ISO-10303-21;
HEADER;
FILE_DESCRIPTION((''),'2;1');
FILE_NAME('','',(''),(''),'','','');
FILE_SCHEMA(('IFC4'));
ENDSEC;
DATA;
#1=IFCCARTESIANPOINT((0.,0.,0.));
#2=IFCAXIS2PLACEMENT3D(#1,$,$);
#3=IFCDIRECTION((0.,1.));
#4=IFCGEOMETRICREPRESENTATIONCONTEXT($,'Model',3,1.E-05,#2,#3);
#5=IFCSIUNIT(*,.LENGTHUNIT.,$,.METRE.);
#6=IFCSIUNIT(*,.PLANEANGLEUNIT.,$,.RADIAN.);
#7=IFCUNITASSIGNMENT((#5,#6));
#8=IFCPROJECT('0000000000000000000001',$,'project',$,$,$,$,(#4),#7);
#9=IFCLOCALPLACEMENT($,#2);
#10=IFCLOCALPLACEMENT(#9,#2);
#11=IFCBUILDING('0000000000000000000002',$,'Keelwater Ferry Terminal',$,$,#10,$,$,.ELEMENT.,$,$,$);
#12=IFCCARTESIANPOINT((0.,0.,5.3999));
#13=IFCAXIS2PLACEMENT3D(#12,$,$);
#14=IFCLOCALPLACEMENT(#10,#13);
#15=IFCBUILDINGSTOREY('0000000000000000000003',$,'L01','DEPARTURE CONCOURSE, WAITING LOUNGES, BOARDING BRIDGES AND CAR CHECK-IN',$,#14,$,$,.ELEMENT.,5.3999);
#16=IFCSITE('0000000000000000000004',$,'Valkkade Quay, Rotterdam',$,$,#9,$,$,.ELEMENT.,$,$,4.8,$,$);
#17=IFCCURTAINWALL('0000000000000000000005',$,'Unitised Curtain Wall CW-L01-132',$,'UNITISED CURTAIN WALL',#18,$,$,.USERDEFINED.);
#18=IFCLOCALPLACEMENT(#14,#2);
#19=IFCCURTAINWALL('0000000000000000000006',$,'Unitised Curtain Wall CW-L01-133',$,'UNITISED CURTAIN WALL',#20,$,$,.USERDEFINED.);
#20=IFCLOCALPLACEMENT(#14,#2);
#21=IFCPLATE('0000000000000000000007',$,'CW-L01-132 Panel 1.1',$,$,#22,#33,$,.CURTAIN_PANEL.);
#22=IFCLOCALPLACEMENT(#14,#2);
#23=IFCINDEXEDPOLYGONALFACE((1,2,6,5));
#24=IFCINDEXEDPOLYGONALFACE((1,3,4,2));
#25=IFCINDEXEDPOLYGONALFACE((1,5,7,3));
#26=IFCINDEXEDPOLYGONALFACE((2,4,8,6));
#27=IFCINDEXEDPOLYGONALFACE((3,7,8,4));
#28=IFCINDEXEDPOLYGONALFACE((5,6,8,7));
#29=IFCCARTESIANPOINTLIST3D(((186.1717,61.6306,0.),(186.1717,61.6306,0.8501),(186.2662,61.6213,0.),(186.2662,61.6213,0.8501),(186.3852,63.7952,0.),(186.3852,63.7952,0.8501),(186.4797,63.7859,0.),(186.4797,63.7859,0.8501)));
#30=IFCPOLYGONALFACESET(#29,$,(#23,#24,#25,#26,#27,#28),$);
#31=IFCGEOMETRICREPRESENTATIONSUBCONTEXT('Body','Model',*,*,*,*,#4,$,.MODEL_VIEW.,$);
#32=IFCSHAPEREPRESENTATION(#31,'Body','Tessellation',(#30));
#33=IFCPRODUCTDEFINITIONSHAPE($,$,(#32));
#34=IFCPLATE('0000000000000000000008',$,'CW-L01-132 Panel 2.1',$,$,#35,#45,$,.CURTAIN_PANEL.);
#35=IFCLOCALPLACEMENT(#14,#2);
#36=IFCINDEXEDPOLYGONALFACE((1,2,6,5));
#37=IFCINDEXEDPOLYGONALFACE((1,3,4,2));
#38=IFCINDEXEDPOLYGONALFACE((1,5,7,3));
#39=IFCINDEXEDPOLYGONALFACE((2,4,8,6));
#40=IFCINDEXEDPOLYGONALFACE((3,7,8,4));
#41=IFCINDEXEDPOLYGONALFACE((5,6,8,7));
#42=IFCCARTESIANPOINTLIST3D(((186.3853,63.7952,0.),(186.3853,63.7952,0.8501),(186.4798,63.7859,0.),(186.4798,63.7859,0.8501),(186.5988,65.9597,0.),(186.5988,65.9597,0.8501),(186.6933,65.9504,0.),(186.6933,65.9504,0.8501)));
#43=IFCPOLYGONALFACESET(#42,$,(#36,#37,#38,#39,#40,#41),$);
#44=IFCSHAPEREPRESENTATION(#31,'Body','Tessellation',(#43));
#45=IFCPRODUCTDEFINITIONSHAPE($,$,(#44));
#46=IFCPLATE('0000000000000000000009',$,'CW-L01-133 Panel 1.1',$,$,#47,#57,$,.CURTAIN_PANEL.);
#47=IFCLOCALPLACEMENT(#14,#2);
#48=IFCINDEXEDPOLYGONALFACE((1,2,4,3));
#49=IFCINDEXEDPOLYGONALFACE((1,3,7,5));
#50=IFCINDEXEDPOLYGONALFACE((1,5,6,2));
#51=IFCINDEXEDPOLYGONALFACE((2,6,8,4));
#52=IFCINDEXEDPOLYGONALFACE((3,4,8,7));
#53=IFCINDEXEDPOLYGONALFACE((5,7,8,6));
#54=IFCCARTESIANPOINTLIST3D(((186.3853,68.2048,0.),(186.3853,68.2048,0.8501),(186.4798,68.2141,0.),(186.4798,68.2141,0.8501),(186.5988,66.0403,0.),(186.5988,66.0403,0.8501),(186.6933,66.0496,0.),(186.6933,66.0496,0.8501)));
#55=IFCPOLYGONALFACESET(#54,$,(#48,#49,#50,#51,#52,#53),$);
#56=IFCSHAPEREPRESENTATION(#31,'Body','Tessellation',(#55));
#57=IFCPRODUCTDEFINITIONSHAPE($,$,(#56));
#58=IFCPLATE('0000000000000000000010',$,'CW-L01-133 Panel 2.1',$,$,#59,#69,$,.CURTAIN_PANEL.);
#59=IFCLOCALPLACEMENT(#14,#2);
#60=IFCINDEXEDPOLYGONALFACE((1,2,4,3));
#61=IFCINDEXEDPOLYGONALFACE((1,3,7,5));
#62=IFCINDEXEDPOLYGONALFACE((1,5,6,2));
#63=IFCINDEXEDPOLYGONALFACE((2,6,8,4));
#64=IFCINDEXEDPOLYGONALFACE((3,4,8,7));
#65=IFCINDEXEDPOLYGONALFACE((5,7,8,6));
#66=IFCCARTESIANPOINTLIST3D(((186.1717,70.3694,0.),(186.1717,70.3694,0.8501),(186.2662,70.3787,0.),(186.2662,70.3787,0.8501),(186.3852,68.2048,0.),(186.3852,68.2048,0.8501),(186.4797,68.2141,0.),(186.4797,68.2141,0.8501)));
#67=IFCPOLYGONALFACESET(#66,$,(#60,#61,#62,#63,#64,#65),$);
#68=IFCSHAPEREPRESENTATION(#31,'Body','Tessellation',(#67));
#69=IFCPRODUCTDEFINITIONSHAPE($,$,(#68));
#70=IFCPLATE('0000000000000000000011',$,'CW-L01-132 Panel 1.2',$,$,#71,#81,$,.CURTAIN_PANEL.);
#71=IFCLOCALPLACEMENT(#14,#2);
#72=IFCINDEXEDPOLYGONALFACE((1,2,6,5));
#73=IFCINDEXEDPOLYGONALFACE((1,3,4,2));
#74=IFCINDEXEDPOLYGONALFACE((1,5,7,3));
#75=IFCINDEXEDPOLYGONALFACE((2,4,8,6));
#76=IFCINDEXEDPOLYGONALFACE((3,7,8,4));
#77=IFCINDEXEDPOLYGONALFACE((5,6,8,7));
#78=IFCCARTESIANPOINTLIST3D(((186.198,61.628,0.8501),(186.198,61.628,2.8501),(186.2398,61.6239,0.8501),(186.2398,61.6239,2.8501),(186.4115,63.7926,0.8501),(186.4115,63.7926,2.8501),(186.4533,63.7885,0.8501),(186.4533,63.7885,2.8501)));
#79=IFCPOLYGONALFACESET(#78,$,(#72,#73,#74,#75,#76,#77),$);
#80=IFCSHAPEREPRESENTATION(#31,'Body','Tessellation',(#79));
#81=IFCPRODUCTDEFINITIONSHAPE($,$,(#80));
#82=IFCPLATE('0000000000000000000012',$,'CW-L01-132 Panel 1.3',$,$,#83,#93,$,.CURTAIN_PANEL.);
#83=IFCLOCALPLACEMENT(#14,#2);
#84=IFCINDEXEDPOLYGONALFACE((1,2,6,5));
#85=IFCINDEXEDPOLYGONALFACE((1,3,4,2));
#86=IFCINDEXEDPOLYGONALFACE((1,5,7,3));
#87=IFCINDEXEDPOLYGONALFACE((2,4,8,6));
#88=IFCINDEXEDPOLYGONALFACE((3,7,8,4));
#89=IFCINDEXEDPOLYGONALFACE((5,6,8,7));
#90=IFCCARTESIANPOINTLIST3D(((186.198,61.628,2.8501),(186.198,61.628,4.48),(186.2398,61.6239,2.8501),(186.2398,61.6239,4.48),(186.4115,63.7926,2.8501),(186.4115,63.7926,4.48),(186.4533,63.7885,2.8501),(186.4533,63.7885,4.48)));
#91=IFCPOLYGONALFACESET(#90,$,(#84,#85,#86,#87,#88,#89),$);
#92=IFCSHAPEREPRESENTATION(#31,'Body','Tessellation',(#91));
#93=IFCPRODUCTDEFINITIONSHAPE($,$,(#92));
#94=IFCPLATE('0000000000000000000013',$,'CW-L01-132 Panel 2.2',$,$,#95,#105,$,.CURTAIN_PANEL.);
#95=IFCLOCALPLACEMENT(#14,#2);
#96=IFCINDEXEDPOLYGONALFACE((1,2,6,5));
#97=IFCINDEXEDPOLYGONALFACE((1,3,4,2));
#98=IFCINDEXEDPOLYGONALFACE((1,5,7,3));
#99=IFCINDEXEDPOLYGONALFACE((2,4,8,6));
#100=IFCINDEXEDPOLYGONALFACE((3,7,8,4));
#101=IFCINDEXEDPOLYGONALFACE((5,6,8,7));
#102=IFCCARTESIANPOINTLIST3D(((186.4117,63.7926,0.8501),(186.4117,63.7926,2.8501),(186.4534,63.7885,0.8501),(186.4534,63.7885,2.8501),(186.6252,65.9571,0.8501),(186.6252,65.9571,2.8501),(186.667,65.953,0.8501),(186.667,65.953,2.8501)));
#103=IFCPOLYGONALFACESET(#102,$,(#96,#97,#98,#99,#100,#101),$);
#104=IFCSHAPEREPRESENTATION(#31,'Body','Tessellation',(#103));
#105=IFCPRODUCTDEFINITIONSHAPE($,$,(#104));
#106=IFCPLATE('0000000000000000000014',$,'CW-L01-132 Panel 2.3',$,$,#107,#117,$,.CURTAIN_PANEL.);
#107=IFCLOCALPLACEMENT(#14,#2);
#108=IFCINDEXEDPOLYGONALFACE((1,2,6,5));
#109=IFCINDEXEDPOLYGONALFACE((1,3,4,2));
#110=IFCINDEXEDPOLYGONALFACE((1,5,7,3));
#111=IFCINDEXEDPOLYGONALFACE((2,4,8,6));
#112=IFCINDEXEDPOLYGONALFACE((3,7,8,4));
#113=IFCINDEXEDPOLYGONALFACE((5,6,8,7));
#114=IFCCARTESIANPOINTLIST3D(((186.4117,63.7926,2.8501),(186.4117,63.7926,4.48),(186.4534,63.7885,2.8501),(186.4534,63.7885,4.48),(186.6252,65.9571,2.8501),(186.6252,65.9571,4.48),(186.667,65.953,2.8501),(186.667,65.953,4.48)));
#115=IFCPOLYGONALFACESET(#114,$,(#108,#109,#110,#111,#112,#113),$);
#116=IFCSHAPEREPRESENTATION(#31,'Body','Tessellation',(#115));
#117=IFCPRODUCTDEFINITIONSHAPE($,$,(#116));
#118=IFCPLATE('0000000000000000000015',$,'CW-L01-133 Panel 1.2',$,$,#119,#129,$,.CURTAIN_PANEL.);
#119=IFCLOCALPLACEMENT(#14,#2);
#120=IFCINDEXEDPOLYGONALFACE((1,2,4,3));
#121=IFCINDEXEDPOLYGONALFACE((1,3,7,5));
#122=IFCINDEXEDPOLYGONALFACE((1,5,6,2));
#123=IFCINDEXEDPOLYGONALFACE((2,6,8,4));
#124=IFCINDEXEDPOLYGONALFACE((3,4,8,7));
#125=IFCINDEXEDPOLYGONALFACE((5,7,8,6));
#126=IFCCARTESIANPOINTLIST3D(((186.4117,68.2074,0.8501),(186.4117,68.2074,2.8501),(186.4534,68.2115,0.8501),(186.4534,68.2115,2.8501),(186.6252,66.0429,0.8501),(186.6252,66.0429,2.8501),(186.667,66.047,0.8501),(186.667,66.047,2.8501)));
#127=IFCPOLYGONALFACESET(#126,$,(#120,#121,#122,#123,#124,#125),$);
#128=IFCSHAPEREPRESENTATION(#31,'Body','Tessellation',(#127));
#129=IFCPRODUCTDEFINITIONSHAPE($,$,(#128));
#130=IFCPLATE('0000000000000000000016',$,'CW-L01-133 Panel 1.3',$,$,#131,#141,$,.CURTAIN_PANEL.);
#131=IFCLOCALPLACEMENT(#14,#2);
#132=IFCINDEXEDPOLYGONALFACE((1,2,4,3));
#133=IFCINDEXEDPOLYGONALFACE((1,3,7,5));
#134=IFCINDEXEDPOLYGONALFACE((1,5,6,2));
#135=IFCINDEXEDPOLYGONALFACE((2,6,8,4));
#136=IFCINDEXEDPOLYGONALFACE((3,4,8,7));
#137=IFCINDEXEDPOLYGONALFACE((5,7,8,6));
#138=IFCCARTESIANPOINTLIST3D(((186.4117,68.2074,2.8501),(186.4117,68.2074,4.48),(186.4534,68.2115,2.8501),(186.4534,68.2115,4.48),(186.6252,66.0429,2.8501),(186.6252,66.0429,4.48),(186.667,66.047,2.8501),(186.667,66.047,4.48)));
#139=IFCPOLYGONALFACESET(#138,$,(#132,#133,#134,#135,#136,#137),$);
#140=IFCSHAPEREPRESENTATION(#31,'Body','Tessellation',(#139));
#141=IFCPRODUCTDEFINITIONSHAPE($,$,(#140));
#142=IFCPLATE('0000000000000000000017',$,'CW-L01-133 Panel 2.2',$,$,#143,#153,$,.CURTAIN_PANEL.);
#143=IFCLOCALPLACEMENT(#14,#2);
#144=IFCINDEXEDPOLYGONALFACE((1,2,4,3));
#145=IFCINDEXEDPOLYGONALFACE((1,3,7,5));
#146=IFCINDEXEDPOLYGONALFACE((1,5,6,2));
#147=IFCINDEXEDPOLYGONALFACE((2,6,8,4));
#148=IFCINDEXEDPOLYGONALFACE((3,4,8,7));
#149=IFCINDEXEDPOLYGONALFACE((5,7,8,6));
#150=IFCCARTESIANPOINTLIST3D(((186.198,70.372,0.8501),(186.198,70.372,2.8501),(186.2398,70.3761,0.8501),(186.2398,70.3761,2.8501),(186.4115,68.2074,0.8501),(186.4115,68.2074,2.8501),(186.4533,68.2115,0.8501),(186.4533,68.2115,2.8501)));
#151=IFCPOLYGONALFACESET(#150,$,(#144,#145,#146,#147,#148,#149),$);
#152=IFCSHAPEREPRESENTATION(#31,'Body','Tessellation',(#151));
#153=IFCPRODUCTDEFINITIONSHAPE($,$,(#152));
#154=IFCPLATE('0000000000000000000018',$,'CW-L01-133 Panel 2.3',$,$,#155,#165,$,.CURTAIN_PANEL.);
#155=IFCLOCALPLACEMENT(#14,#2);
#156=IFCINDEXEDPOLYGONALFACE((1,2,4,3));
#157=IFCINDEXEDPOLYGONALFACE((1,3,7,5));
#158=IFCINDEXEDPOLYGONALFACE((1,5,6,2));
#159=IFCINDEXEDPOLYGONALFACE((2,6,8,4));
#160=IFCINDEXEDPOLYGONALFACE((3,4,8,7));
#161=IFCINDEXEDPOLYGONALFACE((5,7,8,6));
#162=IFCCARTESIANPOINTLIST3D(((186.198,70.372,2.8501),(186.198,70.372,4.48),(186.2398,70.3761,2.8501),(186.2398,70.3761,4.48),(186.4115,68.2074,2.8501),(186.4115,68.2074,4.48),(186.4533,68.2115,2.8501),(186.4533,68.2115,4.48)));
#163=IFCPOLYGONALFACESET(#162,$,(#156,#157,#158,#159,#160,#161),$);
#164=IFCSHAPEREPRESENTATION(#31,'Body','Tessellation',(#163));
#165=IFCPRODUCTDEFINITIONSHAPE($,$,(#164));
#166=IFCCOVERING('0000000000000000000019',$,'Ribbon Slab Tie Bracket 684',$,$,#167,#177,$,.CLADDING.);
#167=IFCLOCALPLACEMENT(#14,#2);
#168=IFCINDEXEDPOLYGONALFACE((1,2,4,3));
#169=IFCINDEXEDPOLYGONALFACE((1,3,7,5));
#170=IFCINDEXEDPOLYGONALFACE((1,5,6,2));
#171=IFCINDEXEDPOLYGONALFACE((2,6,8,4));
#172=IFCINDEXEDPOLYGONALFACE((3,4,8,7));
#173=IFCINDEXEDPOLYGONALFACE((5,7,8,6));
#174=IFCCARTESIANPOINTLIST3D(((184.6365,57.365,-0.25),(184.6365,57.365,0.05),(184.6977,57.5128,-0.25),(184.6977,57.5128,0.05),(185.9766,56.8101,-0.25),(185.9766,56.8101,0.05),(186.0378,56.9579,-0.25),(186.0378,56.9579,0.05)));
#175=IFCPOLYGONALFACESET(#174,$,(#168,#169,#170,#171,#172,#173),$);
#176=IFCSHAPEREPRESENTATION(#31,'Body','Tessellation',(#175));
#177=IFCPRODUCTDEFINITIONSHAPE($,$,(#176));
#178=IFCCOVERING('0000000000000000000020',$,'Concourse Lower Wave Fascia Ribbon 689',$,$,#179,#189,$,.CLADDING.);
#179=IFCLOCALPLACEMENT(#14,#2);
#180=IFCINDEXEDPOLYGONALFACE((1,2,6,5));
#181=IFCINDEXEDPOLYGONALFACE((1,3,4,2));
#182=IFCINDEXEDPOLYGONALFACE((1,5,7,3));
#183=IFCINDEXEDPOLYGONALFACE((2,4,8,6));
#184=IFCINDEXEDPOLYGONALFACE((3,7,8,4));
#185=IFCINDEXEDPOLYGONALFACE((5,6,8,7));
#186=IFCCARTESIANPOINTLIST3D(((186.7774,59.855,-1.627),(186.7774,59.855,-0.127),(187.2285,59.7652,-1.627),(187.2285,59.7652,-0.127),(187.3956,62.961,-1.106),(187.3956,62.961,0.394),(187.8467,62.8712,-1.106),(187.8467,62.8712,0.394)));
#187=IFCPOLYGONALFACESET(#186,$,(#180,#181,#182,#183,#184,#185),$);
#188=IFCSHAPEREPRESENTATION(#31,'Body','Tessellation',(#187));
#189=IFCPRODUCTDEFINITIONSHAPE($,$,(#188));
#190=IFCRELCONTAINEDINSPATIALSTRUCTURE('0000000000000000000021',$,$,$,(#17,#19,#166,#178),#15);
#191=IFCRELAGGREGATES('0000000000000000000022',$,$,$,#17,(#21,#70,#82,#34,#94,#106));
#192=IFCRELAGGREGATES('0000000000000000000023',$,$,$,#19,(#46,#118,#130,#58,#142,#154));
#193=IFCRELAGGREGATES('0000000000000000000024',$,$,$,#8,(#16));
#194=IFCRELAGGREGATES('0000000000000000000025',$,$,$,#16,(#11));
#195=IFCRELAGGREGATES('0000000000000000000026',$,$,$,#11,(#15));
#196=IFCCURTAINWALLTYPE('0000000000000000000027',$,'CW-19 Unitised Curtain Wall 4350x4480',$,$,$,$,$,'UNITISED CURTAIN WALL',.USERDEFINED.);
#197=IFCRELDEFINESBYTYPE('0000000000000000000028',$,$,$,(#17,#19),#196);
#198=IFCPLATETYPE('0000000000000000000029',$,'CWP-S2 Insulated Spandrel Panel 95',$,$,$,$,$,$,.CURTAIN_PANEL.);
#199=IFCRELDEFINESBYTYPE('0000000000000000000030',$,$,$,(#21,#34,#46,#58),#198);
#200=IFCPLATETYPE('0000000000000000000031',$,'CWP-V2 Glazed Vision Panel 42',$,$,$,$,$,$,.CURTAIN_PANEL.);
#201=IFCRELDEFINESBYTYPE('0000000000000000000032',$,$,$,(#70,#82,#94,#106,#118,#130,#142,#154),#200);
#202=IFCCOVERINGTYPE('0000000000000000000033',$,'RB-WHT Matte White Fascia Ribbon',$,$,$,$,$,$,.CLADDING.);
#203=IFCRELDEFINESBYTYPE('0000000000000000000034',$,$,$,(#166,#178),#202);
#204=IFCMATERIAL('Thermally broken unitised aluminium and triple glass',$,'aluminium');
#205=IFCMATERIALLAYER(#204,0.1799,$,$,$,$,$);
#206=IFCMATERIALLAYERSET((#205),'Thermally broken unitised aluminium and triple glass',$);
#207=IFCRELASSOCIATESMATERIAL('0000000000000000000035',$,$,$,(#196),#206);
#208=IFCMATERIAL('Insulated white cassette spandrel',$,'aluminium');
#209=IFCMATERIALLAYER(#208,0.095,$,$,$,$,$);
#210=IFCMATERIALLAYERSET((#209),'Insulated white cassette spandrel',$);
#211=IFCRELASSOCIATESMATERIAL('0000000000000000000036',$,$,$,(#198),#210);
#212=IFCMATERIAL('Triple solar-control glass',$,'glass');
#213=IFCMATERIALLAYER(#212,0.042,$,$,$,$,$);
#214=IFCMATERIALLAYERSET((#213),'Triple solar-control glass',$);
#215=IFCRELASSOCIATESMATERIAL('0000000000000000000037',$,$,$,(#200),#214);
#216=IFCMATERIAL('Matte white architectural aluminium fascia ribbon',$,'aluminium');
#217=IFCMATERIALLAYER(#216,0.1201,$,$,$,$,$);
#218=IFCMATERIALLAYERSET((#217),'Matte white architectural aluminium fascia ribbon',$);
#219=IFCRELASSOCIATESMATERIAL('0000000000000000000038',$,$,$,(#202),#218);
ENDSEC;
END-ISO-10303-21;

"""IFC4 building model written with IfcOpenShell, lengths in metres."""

from ifc_helpers import new_model, si_unit, direction, frame, frame_2d, origin, origin_2d, place, context, subcontext, project, spatial, polyline, rectangle, outline, extrude, material, layer, layer_set, type_object, element, aggregate, save


model = new_model("IFC4")

# Units and contexts
model_context = context("Model", 3, precision=1e-05, world=origin(), true_north=direction((0.0, 1.0)))
body_context = subcontext(model_context, "Body", "Model", "MODEL_VIEW")
ifc_project = project(units=[si_unit("LENGTHUNIT", "METRE"), si_unit("PLANEANGLEUNIT", "RADIAN")], contexts=[model_context])

# Site, building, storey
site_placement = place(None, origin())
site = spatial("IfcSite", under=ifc_project, at=site_placement, Name="Valkkade Quay, Rotterdam", CompositionType="ELEMENT", RefElevation=4.8)
building_placement = place(site_placement, origin())
building = spatial("IfcBuilding", under=site, at=building_placement, Name="Keelwater Ferry Terminal", CompositionType="ELEMENT")
storey_placement = place(building_placement, frame((0.0, 0.0, 5.3999)))
storey = spatial("IfcBuildingStorey", under=building, at=storey_placement, Name="L01", Description="DEPARTURE CONCOURSE, WAITING LOUNGES, BOARDING BRIDGES AND CAR CHECK-IN", CompositionType="ELEMENT", Elevation=5.3999)

# Shared definitions
ifc_material_1 = material(Name="Thermally broken unitised aluminium and triple glass", Category="aluminium")
ifc_layer_1 = layer(ifc_material_1, 0.1799)
ifc_layer_set_1 = layer_set([ifc_layer_1], Name="Thermally broken unitised aluminium and triple glass")
curtain_wall_type = type_object("IfcCurtainWallType", Name="CW-19 Unitised Curtain Wall 4350x4480", ElementType="UNITISED CURTAIN WALL", PredefinedType="USERDEFINED", material=ifc_layer_set_1)

# Curtain walls
curtain_wall_1_placement = place(storey_placement, origin())
curtain_wall_1 = element("IfcCurtainWall", 1, at=curtain_wall_1_placement, inside=storey, type_object=curtain_wall_type, Name="Unitised Curtain Wall CW-L01-132", ObjectType="UNITISED CURTAIN WALL", PredefinedType="USERDEFINED")
curtain_wall_2_placement = place(storey_placement, origin())
curtain_wall_2 = element("IfcCurtainWall", 2, at=curtain_wall_2_placement, inside=storey, type_object=curtain_wall_type, Name="Unitised Curtain Wall CW-L01-133", ObjectType="UNITISED CURTAIN WALL", PredefinedType="USERDEFINED")

# Plates
ifc_material_2 = material(Name="Insulated white cassette spandrel", Category="aluminium")
ifc_layer_2 = layer(ifc_material_2, 0.095)
ifc_layer_set_2 = layer_set([ifc_layer_2], Name="Insulated white cassette spandrel")
plate_type_1 = type_object("IfcPlateType", Name="CWP-S2 Insulated Spandrel Panel 95", PredefinedType="CURTAIN_PANEL", material=ifc_layer_set_2)
plate_1_placement = place(storey_placement, frame((186.3257, 62.7083, 0.0), z_axis=(0.0, 0.0, 1.0), x_axis=(0.098161, 0.995171, 0.0)))
plate_1 = element("IfcPlate", 3, at=plate_1_placement, type_object=plate_type_1, Name="CW-L01-132 Panel 1.1", PredefinedType="CURTAIN_PANEL", context=body_context, shape_type="SweptSolid", body=[
    extrude(rectangle(XDim=2.175, YDim=0.095, at=origin_2d()), origin(), (0.0, 0.0, 1.0), 0.8501),
])
plate_2_placement = place(storey_placement, frame((186.5393, 64.8728, 0.0), z_axis=(0.0, 0.0, 1.0), x_axis=(0.098161, 0.995171, 0.0)))
plate_2 = element("IfcPlate", 4, at=plate_2_placement, type_object=plate_type_1, Name="CW-L01-132 Panel 2.1", PredefinedType="CURTAIN_PANEL", context=body_context, shape_type="SweptSolid", body=[
    extrude(rectangle(XDim=2.175, YDim=0.095, at=origin_2d()), origin(), (0.0, 0.0, 1.0), 0.8501),
])
plate_3_placement = place(storey_placement, frame((186.5393, 67.1272, 0.0), z_axis=(0.0, 0.0, 1.0), x_axis=(-0.098161, 0.995171, 0.0)))
plate_3 = element("IfcPlate", 5, at=plate_3_placement, type_object=plate_type_1, Name="CW-L01-133 Panel 1.1", PredefinedType="CURTAIN_PANEL", context=body_context, shape_type="SweptSolid", body=[
    extrude(rectangle(XDim=2.175, YDim=0.095, at=origin_2d()), origin(), (0.0, 0.0, 1.0), 0.8501),
])
plate_4_placement = place(storey_placement, frame((186.3257, 69.2917, 0.0), z_axis=(0.0, 0.0, 1.0), x_axis=(-0.098161, 0.995171, 0.0)))
plate_4 = element("IfcPlate", 6, at=plate_4_placement, type_object=plate_type_1, Name="CW-L01-133 Panel 2.1", PredefinedType="CURTAIN_PANEL", context=body_context, shape_type="SweptSolid", body=[
    extrude(rectangle(XDim=2.175, YDim=0.095, at=origin_2d()), origin(), (0.0, 0.0, 1.0), 0.8501),
])
ifc_material_3 = material(Name="Triple solar-control glass", Category="glass")
ifc_layer_3 = layer(ifc_material_3, 0.042)
ifc_layer_set_3 = layer_set([ifc_layer_3], Name="Triple solar-control glass")
plate_type_2 = type_object("IfcPlateType", Name="CWP-V2 Glazed Vision Panel 42", PredefinedType="CURTAIN_PANEL", material=ifc_layer_set_3)
plate_5_placement = place(storey_placement, frame((186.3257, 62.7083, 0.8501), z_axis=(0.0, 0.0, 1.0), x_axis=(0.098161, 0.995171, 0.0)))
plate_5 = element("IfcPlate", 7, at=plate_5_placement, type_object=plate_type_2, Name="CW-L01-132 Panel 1.2", PredefinedType="CURTAIN_PANEL", context=body_context, shape_type="SweptSolid", body=[
    extrude(rectangle(XDim=2.175, YDim=0.042, at=origin_2d()), origin(), (0.0, 0.0, 1.0), 2.0),
])
plate_6_placement = place(storey_placement, frame((186.3257, 62.7083, 2.8501), z_axis=(0.0, 0.0, 1.0), x_axis=(0.098161, 0.995171, 0.0)))
plate_6 = element("IfcPlate", 8, at=plate_6_placement, type_object=plate_type_2, Name="CW-L01-132 Panel 1.3", PredefinedType="CURTAIN_PANEL", context=body_context, shape_type="SweptSolid", body=[
    extrude(rectangle(XDim=2.175, YDim=0.042, at=origin_2d()), origin(), (0.0, 0.0, 1.0), 1.6299),
])
plate_7_placement = place(storey_placement, frame((186.5393, 64.8728, 0.8501), z_axis=(0.0, 0.0, 1.0), x_axis=(0.098161, 0.995171, 0.0)))
plate_7 = element("IfcPlate", 9, at=plate_7_placement, type_object=plate_type_2, Name="CW-L01-132 Panel 2.2", PredefinedType="CURTAIN_PANEL", context=body_context, shape_type="SweptSolid", body=[
    extrude(rectangle(XDim=2.175, YDim=0.042, at=origin_2d()), origin(), (0.0, 0.0, 1.0), 2.0),
])
plate_8_placement = place(storey_placement, frame((186.5393, 64.8728, 2.8501), z_axis=(0.0, 0.0, 1.0), x_axis=(0.098161, 0.995171, 0.0)))
plate_8 = element("IfcPlate", 10, at=plate_8_placement, type_object=plate_type_2, Name="CW-L01-132 Panel 2.3", PredefinedType="CURTAIN_PANEL", context=body_context, shape_type="SweptSolid", body=[
    extrude(rectangle(XDim=2.175, YDim=0.042, at=origin_2d()), origin(), (0.0, 0.0, 1.0), 1.6299),
])
aggregate(curtain_wall_1, [plate_1, plate_5, plate_6, plate_2, plate_7, plate_8])
plate_9_placement = place(storey_placement, frame((186.5393, 67.1272, 0.8501), z_axis=(0.0, 0.0, 1.0), x_axis=(-0.098161, 0.995171, 0.0)))
plate_9 = element("IfcPlate", 11, at=plate_9_placement, type_object=plate_type_2, Name="CW-L01-133 Panel 1.2", PredefinedType="CURTAIN_PANEL", context=body_context, shape_type="SweptSolid", body=[
    extrude(rectangle(XDim=2.175, YDim=0.042, at=origin_2d()), origin(), (0.0, 0.0, 1.0), 2.0),
])
plate_10_placement = place(storey_placement, frame((186.5393, 67.1272, 2.8501), z_axis=(0.0, 0.0, 1.0), x_axis=(-0.098161, 0.995171, 0.0)))
plate_10 = element("IfcPlate", 12, at=plate_10_placement, type_object=plate_type_2, Name="CW-L01-133 Panel 1.3", PredefinedType="CURTAIN_PANEL", context=body_context, shape_type="SweptSolid", body=[
    extrude(rectangle(XDim=2.175, YDim=0.042, at=origin_2d()), origin(), (0.0, 0.0, 1.0), 1.6299),
])
plate_11_placement = place(storey_placement, frame((186.3257, 69.2917, 0.8501), z_axis=(0.0, 0.0, 1.0), x_axis=(-0.098161, 0.995171, 0.0)))
plate_11 = element("IfcPlate", 13, at=plate_11_placement, type_object=plate_type_2, Name="CW-L01-133 Panel 2.2", PredefinedType="CURTAIN_PANEL", context=body_context, shape_type="SweptSolid", body=[
    extrude(rectangle(XDim=2.175, YDim=0.042, at=origin_2d()), origin(), (0.0, 0.0, 1.0), 2.0),
])
plate_12_placement = place(storey_placement, frame((186.3257, 69.2917, 2.8501), z_axis=(0.0, 0.0, 1.0), x_axis=(-0.098161, 0.995171, 0.0)))
plate_12 = element("IfcPlate", 14, at=plate_12_placement, type_object=plate_type_2, Name="CW-L01-133 Panel 2.3", PredefinedType="CURTAIN_PANEL", context=body_context, shape_type="SweptSolid", body=[
    extrude(rectangle(XDim=2.175, YDim=0.042, at=origin_2d()), origin(), (0.0, 0.0, 1.0), 1.6299),
])
aggregate(curtain_wall_2, [plate_3, plate_9, plate_10, plate_4, plate_11, plate_12])

# Coverings
ifc_material_4 = material(Name="Matte white architectural aluminium fascia ribbon", Category="aluminium")
ifc_layer_4 = layer(ifc_material_4, 0.1201)
ifc_layer_set_4 = layer_set([ifc_layer_4], Name="Matte white architectural aluminium fascia ribbon")
covering_type = type_object("IfcCoveringType", Name="RB-WHT Matte White Fascia Ribbon", PredefinedType="CLADDING", material=ifc_layer_set_4)
covering_1_placement = place(storey_placement, frame((186.0071, 56.884, -0.25), z_axis=(0.0, 0.0, 1.0), x_axis=(-0.923916, 0.382595, 0.0)))
element("IfcCovering", 15, at=covering_1_placement, inside=storey, type_object=covering_type, Name="Ribbon Slab Tie Bracket 684", PredefinedType="CLADDING", context=body_context, shape_type="SweptSolid", body=[
    extrude(rectangle(XDim=1.4504, YDim=0.1599, at=frame_2d((0.7251, 0.0))), origin(), (0.0, 0.0, 1.0), 0.3),
])
covering_2_placement = place(storey_placement, frame((187.0029, 59.8101, -1.627), z_axis=(0.0, 0.0, 1.0), x_axis=(0.195197, 0.980764, 0.0)))
element("IfcCovering", 16, at=covering_2_placement, inside=storey, type_object=covering_type, Name="Concourse Lower Wave Fascia Ribbon 689", PredefinedType="CLADDING", context=body_context, shape_type="SweptSolid", body=[
    extrude(outline(polyline([(0.0, 0.0), (3.167, 0.521), (3.167, 2.021), (0.0, 1.5), (0.0, 0.0)])), frame((0.0, 0.23, 0.0), z_axis=(0.0, -1.0, 0.0), x_axis=(1.0, 0.0, 0.0)), (0.0, 0.0, 1.0), 0.46),
])

save(model, "model.ifc")
